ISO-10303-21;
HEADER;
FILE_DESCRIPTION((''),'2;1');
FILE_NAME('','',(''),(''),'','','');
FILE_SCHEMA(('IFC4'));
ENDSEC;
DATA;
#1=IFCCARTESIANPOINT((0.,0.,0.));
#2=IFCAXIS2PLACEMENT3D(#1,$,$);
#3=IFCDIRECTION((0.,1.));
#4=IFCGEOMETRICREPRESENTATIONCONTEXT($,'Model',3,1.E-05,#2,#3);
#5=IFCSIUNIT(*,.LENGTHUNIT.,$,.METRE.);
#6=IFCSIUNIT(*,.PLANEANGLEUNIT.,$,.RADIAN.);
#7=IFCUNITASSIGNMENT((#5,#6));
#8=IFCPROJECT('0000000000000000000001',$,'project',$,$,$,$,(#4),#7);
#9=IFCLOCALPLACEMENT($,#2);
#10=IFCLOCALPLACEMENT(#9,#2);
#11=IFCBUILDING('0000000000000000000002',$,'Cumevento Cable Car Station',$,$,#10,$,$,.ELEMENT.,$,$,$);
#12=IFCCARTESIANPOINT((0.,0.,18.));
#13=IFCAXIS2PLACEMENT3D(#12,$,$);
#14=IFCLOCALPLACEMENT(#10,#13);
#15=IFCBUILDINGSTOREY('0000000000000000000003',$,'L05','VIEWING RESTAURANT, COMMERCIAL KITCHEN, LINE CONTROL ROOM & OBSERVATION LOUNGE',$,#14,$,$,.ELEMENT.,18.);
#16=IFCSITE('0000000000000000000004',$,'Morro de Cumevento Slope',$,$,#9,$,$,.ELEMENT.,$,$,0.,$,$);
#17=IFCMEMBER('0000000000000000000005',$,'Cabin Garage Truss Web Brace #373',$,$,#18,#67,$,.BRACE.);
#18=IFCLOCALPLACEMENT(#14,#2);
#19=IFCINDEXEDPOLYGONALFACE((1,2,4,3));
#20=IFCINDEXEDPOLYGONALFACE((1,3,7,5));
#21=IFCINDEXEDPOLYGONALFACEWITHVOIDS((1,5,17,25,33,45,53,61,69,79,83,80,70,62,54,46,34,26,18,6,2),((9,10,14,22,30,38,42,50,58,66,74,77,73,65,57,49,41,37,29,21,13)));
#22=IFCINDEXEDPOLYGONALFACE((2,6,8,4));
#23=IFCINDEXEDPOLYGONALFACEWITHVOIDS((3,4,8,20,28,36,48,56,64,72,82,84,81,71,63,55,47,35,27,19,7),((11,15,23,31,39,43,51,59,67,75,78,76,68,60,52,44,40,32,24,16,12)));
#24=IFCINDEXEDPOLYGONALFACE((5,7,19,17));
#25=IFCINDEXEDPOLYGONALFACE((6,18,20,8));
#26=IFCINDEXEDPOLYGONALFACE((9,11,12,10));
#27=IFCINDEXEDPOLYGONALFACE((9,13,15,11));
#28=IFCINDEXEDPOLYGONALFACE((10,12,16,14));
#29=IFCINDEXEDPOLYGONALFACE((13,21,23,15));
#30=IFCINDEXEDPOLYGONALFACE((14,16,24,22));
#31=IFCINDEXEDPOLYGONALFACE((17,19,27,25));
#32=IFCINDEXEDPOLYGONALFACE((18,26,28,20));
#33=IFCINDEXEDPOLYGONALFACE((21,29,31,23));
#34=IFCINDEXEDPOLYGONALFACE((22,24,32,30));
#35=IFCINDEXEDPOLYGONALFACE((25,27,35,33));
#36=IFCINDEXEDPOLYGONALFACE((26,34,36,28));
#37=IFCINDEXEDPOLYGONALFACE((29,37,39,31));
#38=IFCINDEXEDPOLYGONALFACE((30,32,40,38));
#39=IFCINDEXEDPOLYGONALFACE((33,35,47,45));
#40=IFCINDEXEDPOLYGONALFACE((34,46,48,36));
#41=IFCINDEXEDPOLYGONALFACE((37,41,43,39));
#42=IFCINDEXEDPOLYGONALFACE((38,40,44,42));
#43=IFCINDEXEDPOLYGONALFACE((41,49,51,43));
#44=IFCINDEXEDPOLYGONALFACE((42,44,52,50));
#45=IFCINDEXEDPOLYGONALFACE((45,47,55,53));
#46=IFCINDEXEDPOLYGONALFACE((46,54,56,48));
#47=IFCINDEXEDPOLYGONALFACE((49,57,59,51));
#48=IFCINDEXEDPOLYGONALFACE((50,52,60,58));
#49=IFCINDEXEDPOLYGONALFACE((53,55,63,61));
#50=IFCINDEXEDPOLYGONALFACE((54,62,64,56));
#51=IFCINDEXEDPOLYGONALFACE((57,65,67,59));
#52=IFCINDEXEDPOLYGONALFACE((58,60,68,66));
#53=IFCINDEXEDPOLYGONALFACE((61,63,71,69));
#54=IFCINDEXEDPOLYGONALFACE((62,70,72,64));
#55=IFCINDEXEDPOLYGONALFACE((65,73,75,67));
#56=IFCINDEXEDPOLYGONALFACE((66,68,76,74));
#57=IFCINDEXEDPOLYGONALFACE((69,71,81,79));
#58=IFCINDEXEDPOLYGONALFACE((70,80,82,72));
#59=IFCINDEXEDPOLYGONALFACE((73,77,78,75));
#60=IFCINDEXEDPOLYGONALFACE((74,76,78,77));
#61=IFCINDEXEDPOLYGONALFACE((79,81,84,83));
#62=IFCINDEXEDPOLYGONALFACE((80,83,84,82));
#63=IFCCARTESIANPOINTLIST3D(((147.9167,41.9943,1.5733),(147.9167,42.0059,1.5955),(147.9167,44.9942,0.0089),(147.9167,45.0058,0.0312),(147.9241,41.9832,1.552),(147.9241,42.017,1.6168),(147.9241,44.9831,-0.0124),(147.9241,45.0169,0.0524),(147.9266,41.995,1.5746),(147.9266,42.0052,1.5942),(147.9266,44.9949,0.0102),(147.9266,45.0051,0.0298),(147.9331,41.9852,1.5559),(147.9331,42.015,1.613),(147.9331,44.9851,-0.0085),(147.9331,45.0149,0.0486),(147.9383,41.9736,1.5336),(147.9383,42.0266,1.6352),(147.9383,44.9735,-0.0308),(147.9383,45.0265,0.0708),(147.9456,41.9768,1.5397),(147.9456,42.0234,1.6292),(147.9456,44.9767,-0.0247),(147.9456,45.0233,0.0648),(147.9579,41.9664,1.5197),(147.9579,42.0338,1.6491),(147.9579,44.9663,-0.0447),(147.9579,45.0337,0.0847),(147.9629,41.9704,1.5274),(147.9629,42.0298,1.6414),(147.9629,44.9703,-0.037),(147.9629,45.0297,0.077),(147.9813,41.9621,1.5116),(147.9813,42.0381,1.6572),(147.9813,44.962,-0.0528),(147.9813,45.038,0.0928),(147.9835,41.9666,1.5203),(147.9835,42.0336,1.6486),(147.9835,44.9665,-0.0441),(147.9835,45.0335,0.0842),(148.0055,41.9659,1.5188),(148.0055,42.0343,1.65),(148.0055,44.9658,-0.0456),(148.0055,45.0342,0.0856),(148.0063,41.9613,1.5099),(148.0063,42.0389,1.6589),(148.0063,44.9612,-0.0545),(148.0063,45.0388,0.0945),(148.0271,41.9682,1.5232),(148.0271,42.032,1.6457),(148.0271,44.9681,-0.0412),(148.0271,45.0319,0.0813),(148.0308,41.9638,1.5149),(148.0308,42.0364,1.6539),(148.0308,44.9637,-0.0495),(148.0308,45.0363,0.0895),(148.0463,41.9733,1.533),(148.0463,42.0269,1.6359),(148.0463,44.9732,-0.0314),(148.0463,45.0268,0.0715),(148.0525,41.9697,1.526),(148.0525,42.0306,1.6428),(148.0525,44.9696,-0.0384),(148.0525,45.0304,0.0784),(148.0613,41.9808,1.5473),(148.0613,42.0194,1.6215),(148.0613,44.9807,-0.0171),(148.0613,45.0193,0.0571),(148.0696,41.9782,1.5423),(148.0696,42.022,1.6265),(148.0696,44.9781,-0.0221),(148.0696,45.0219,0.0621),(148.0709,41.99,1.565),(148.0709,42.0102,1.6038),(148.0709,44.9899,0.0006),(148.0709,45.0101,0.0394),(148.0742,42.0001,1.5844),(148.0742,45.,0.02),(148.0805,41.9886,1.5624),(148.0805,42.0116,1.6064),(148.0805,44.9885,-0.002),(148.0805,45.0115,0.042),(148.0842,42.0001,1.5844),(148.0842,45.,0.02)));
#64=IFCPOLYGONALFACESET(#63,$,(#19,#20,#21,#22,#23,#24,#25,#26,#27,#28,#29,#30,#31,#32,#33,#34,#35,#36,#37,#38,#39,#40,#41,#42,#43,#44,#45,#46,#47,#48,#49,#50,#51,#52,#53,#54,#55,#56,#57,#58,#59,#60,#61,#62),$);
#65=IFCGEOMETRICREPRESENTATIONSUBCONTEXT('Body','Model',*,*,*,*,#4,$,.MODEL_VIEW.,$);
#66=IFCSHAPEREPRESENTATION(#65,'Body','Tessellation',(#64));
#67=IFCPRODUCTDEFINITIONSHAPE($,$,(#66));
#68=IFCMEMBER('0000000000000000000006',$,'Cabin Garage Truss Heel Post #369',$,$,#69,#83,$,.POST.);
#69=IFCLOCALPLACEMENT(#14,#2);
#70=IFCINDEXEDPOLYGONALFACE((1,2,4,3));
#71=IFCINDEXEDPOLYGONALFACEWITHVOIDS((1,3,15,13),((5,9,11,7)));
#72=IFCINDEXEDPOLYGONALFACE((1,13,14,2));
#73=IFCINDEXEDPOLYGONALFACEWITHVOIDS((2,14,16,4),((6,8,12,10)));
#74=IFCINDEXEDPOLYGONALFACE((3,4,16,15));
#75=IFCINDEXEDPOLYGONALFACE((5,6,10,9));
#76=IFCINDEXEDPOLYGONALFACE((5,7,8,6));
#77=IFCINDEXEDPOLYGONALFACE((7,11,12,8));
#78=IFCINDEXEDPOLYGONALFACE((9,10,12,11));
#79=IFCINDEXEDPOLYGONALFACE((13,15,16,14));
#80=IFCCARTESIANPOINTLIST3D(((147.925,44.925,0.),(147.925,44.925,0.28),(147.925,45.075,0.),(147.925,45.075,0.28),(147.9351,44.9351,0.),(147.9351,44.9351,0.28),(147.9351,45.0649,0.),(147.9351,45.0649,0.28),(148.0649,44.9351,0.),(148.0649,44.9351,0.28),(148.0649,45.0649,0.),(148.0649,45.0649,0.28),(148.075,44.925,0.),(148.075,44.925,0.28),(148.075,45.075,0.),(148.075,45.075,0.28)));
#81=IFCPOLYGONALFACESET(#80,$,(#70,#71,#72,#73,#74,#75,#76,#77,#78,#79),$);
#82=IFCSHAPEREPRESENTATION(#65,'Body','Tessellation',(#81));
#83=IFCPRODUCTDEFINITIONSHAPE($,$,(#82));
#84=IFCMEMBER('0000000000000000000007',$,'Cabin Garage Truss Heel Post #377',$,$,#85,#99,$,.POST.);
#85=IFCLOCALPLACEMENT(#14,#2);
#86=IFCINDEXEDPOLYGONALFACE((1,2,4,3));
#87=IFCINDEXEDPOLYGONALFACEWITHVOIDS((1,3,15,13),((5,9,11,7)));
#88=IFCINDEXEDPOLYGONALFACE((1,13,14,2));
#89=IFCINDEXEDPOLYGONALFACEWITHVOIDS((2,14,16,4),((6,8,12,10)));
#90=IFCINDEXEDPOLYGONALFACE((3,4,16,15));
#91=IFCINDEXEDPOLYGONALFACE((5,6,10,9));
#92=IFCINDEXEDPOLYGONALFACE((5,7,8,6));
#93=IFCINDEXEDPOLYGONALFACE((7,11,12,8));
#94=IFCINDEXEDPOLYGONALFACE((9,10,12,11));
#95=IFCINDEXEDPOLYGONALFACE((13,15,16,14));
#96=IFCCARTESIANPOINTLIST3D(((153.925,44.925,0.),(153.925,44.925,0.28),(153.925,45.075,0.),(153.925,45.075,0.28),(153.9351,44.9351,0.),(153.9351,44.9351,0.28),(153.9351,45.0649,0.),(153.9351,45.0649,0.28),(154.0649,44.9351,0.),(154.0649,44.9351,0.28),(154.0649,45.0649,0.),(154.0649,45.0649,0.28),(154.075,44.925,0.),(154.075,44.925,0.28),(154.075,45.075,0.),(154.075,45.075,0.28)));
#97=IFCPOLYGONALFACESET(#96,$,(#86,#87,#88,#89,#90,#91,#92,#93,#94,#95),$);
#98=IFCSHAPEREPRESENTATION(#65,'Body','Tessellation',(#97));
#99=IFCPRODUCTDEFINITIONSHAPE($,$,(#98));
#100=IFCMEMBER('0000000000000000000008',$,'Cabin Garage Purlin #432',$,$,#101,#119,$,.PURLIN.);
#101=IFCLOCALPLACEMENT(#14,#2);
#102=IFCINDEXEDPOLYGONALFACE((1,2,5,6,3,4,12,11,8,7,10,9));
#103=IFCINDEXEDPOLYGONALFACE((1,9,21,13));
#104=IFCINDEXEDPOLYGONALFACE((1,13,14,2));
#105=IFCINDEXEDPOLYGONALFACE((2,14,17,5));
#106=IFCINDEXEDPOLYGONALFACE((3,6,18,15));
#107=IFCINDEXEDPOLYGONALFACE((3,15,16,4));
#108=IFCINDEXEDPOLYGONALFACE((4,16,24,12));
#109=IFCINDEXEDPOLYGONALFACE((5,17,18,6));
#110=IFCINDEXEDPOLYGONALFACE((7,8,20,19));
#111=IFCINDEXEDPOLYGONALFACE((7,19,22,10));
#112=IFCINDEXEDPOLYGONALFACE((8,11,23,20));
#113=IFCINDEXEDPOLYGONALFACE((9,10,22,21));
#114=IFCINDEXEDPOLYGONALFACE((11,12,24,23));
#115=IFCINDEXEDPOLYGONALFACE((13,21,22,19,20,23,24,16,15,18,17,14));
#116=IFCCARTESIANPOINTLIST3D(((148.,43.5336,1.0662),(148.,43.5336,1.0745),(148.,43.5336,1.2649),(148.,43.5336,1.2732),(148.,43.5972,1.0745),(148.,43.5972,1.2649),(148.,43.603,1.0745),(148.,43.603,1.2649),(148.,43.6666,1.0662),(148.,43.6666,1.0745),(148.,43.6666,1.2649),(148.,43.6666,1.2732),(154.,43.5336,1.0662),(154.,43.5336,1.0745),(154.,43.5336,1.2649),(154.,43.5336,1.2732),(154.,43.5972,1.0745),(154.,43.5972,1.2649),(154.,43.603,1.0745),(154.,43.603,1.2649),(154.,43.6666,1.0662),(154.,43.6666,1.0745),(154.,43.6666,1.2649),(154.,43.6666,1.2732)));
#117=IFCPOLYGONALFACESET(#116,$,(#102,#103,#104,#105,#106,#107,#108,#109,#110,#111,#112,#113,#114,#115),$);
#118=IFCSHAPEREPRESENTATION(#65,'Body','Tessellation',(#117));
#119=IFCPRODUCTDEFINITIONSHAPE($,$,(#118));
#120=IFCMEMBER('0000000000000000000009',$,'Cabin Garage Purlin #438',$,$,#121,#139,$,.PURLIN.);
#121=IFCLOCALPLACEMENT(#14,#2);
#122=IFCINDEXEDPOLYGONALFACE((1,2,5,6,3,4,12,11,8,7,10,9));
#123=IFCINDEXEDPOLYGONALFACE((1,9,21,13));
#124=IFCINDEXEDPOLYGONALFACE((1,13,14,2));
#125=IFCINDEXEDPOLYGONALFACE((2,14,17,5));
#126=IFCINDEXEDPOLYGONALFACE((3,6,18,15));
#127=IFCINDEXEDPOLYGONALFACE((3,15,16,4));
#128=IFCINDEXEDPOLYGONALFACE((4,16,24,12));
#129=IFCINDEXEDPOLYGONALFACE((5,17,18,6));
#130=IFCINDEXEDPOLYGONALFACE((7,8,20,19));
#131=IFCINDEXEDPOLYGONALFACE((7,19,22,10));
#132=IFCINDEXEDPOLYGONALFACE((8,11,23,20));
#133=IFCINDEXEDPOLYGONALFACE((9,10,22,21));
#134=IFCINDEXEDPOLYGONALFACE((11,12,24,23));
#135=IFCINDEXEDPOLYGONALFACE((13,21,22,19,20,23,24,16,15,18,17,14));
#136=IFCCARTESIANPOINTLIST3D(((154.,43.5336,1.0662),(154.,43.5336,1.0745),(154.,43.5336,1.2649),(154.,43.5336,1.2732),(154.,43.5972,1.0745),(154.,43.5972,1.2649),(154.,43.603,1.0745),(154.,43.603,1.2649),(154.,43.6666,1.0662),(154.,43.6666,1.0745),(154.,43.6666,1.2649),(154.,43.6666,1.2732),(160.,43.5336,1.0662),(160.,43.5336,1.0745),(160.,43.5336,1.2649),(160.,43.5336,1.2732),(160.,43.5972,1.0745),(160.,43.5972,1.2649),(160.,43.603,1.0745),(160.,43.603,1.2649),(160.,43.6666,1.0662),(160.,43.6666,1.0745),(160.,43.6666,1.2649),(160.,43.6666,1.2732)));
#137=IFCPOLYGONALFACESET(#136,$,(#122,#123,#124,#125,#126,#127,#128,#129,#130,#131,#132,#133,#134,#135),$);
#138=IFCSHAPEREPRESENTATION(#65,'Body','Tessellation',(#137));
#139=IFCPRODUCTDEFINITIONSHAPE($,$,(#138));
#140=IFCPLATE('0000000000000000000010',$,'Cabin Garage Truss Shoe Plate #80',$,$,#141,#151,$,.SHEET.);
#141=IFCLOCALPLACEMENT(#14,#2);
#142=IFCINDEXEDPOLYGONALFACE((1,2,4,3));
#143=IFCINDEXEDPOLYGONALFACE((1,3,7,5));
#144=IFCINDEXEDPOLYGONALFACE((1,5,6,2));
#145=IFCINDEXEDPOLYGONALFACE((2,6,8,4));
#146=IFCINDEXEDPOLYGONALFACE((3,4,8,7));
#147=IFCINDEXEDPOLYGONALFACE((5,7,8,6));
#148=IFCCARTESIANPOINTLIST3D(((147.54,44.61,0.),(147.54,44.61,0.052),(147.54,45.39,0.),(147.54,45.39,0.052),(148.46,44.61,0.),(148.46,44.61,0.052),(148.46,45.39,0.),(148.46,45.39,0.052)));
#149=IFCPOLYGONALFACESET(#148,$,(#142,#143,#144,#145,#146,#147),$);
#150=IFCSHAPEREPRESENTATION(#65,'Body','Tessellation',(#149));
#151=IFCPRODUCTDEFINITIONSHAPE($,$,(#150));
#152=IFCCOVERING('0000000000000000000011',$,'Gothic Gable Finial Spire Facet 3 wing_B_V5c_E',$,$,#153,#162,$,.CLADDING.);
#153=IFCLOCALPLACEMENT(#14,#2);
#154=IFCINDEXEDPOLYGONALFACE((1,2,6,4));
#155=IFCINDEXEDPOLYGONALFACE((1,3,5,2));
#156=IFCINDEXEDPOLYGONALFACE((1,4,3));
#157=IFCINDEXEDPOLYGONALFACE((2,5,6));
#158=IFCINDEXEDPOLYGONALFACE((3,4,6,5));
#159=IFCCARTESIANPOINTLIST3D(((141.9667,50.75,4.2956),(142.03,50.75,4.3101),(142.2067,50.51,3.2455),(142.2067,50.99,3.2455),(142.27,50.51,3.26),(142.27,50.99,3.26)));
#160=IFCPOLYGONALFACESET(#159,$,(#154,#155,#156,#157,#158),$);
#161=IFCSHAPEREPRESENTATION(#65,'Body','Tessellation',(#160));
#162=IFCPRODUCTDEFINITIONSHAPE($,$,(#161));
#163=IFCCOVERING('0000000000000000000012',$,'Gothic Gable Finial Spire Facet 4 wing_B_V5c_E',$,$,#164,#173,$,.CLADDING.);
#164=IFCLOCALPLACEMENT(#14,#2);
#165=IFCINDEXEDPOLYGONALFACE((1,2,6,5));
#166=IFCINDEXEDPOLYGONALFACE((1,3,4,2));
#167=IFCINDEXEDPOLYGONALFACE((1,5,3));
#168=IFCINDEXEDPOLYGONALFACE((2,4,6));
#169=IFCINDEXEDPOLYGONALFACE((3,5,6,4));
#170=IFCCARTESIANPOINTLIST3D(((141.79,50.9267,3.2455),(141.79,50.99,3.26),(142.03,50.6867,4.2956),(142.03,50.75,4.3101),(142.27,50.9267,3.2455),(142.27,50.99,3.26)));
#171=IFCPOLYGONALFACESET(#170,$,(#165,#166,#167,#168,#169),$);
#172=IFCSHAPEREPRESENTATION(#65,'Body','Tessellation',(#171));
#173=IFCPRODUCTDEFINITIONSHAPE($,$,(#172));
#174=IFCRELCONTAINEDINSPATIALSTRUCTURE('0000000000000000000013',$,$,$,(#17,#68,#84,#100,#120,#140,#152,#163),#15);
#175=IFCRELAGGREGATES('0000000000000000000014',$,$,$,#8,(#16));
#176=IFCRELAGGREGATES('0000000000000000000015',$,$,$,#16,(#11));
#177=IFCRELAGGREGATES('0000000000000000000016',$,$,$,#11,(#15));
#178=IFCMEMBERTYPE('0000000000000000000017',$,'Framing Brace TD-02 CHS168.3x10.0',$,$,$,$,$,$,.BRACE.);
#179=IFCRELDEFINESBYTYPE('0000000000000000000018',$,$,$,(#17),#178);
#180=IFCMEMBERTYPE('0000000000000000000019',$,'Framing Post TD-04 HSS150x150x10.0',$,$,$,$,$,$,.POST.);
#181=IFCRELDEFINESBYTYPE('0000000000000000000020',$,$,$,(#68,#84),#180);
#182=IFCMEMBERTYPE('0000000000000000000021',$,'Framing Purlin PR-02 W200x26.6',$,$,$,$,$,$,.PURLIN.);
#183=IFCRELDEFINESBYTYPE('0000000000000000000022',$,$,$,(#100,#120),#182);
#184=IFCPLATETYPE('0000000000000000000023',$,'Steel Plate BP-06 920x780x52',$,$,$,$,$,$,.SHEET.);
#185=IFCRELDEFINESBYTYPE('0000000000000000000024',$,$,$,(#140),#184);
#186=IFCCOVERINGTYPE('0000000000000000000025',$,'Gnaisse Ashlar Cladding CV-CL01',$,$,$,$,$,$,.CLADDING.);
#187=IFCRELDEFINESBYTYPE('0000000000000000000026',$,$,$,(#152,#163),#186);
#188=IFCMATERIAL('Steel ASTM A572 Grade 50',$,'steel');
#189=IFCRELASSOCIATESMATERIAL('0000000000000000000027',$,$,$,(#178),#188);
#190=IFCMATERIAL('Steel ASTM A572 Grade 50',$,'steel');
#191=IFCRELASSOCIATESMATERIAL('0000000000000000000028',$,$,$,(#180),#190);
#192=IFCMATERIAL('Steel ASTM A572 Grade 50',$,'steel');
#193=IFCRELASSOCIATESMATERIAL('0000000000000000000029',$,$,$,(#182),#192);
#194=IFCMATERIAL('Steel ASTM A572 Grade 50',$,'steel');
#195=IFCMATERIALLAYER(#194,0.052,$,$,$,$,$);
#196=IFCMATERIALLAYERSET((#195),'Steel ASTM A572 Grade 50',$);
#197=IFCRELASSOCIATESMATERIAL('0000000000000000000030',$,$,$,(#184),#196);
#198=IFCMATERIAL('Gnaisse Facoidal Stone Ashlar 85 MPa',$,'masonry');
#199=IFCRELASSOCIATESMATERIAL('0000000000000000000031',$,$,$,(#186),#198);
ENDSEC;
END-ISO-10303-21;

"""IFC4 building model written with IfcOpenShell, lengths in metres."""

from ifc_helpers import new_model, si_unit, direction, frame, origin, origin_2d, place, context, subcontext, project, spatial, polyline, rectangle, hollow_rectangle, hollow_circle, i_section, outline, extrude, material, layer, layer_set, material_profile, profile_set, type_object, element, save


model = new_model("IFC4")

# Units and contexts
model_context = context("Model", 3, precision=1e-05, world=origin(), true_north=direction((0.0, 1.0)))
body_context = subcontext(model_context, "Body", "Model", "MODEL_VIEW")
ifc_project = project(units=[si_unit("LENGTHUNIT", "METRE"), si_unit("PLANEANGLEUNIT", "RADIAN")], contexts=[model_context])

# Site, building, storey
site_placement = place(None, origin())
site = spatial("IfcSite", under=ifc_project, at=site_placement, Name="Morro de Cumevento Slope", CompositionType="ELEMENT", RefElevation=0.0)
building_placement = place(site_placement, origin())
building = spatial("IfcBuilding", under=site, at=building_placement, Name="Cumevento Cable Car Station", CompositionType="ELEMENT")
storey_placement = place(building_placement, frame((0.0, 0.0, 18.0)))
storey = spatial("IfcBuildingStorey", under=building, at=storey_placement, Name="L05", Description="VIEWING RESTAURANT, COMMERCIAL KITCHEN, LINE CONTROL ROOM & OBSERVATION LOUNGE", CompositionType="ELEMENT", Elevation=18.0)

# Members
ifc_material_1 = material(Name="Steel ASTM A572 Grade 50", Category="steel")
ifc_material_profile_1 = material_profile(ifc_material_1, hollow_circle(Radius=0.0842, WallThickness=0.01, at=origin_2d()), Name="CHS168.3x10.0")
ifc_profile_set_1 = profile_set([ifc_material_profile_1], Name="Steel ASTM A572 Grade 50")
member_type_1 = type_object("IfcMemberType", Name="Framing Brace TD-02 CHS168.3x10.0", PredefinedType="BRACE", material=ifc_profile_set_1)
member_placement = place(storey_placement, frame((148.0, 45.0, 0.02), z_axis=(0.0, -0.886677, 0.462388), x_axis=(1.0, 0.0, 0.0)))
element("IfcMember", 1, at=member_placement, inside=storey, type_object=member_type_1, Name="Cabin Garage Truss Web Brace #373", PredefinedType="BRACE", context=body_context, shape_type="SweptSolid", body=[
    extrude(hollow_circle(Radius=0.0842, WallThickness=0.01, at=origin_2d()), origin(), (0.0, 0.0, 1.0), 3.3833),
])
ifc_material_2 = material(Name="Steel ASTM A572 Grade 50", Category="steel")
ifc_material_profile_2 = material_profile(ifc_material_2, hollow_rectangle(XDim=0.1499, YDim=0.1499, WallThickness=0.01, at=origin_2d()), Name="HSS150x150x10.0")
ifc_profile_set_2 = profile_set([ifc_material_profile_2], Name="Steel ASTM A572 Grade 50")
member_type_2 = type_object("IfcMemberType", Name="Framing Post TD-04 HSS150x150x10.0", PredefinedType="POST", material=ifc_profile_set_2)
for number, where, z_axis, x_axis, name in (
    (2, (148.0, 45.0, 0.0), (0.0, 0.0, 1.0), (1.0, 0.0, 0.0), "Cabin Garage Truss Heel Post #369"),
    (3, (154.0, 45.0, 0.0), (0.0, 0.0, 1.0), (1.0, 0.0, 0.0), "Cabin Garage Truss Heel Post #377"),
):
    element("IfcMember", number, at=place(storey_placement, frame(where, z_axis=z_axis, x_axis=x_axis)), inside=storey, type_object=member_type_2, Name=name, PredefinedType="POST", context=body_context, shape_type="SweptSolid", body=[
        extrude(hollow_rectangle(XDim=0.1499, YDim=0.1499, WallThickness=0.01, at=origin_2d()), origin(), (0.0, 0.0, 1.0), 0.28),
    ])
ifc_material_3 = material(Name="Steel ASTM A572 Grade 50", Category="steel")
ifc_material_profile_3 = material_profile(ifc_material_3, i_section(OverallWidth=0.1331, OverallDepth=0.207, WebThickness=0.0059, FlangeThickness=0.0083, at=origin_2d()), Name="W200x26.6")
ifc_profile_set_3 = profile_set([ifc_material_profile_3], Name="Steel ASTM A572 Grade 50")
member_type_3 = type_object("IfcMemberType", Name="Framing Purlin PR-02 W200x26.6", PredefinedType="PURLIN", material=ifc_profile_set_3)
for number, where, z_axis, x_axis, name in (
    (4, (148.0, 43.6001, 1.1697), (1.0, 0.0, 0.0), (0.0, 1.0, 0.0), "Cabin Garage Purlin #432"),
    (5, (154.0, 43.6001, 1.1697), (1.0, 0.0, 0.0), (0.0, 1.0, 0.0), "Cabin Garage Purlin #438"),
):
    element("IfcMember", number, at=place(storey_placement, frame(where, z_axis=z_axis, x_axis=x_axis)), inside=storey, type_object=member_type_3, Name=name, PredefinedType="PURLIN", context=body_context, shape_type="SweptSolid", body=[
        extrude(i_section(OverallWidth=0.1331, OverallDepth=0.207, WebThickness=0.0059, FlangeThickness=0.0083, at=origin_2d()), origin(), (0.0, 0.0, 1.0), 6.0),
    ])

# Plate
ifc_material_4 = material(Name="Steel ASTM A572 Grade 50", Category="steel")
ifc_layer = layer(ifc_material_4, 0.052)
ifc_layer_set = layer_set([ifc_layer], Name="Steel ASTM A572 Grade 50")
plate_type = type_object("IfcPlateType", Name="Steel Plate BP-06 920x780x52", PredefinedType="SHEET", material=ifc_layer_set)
plate_placement = place(storey_placement, frame((148.0, 45.0, 0.0), z_axis=(0.0, 0.0, 1.0), x_axis=(1.0, 0.0, 0.0)))
element("IfcPlate", 6, at=plate_placement, inside=storey, type_object=plate_type, Name="Cabin Garage Truss Shoe Plate #80", PredefinedType="SHEET", context=body_context, shape_type="SweptSolid", body=[
    extrude(rectangle(XDim=0.9199, YDim=0.78, at=origin_2d()), origin(), (0.0, 0.0, 1.0), 0.052),
])

# Coverings
ifc_material_5 = material(Name="Gnaisse Facoidal Stone Ashlar 85 MPa", Category="masonry")
covering_type = type_object("IfcCoveringType", Name="Gnaisse Ashlar Cladding CV-CL01", PredefinedType="CLADDING", material=ifc_material_5)
for number, where, z_axis, x_axis, name in (
    (7, (142.27, 50.51, 3.26), (0.974863, 0.0, 0.222806), (0.0, 1.0, 0.0), "Gothic Gable Finial Spire Facet 3 wing_B_V5c_E"),
    (8, (142.27, 50.99, 3.26), (0.0, 0.974863, 0.222806), (-1.0, 0.0, 0.0), "Gothic Gable Finial Spire Facet 4 wing_B_V5c_E"),
):
    element("IfcCovering", number, at=place(storey_placement, frame(where, z_axis=z_axis, x_axis=x_axis)), inside=storey, type_object=covering_type, Name=name, PredefinedType="CLADDING", context=body_context, shape_type="SweptSolid", body=[
        extrude(outline(polyline([(0.0, 0.0), (0.48, 0.0), (0.24, 1.0771), (0.0, 0.0)])), origin(), (0.0, 0.0, -1.0), 0.0649),
    ])

save(model, "model.ifc")
